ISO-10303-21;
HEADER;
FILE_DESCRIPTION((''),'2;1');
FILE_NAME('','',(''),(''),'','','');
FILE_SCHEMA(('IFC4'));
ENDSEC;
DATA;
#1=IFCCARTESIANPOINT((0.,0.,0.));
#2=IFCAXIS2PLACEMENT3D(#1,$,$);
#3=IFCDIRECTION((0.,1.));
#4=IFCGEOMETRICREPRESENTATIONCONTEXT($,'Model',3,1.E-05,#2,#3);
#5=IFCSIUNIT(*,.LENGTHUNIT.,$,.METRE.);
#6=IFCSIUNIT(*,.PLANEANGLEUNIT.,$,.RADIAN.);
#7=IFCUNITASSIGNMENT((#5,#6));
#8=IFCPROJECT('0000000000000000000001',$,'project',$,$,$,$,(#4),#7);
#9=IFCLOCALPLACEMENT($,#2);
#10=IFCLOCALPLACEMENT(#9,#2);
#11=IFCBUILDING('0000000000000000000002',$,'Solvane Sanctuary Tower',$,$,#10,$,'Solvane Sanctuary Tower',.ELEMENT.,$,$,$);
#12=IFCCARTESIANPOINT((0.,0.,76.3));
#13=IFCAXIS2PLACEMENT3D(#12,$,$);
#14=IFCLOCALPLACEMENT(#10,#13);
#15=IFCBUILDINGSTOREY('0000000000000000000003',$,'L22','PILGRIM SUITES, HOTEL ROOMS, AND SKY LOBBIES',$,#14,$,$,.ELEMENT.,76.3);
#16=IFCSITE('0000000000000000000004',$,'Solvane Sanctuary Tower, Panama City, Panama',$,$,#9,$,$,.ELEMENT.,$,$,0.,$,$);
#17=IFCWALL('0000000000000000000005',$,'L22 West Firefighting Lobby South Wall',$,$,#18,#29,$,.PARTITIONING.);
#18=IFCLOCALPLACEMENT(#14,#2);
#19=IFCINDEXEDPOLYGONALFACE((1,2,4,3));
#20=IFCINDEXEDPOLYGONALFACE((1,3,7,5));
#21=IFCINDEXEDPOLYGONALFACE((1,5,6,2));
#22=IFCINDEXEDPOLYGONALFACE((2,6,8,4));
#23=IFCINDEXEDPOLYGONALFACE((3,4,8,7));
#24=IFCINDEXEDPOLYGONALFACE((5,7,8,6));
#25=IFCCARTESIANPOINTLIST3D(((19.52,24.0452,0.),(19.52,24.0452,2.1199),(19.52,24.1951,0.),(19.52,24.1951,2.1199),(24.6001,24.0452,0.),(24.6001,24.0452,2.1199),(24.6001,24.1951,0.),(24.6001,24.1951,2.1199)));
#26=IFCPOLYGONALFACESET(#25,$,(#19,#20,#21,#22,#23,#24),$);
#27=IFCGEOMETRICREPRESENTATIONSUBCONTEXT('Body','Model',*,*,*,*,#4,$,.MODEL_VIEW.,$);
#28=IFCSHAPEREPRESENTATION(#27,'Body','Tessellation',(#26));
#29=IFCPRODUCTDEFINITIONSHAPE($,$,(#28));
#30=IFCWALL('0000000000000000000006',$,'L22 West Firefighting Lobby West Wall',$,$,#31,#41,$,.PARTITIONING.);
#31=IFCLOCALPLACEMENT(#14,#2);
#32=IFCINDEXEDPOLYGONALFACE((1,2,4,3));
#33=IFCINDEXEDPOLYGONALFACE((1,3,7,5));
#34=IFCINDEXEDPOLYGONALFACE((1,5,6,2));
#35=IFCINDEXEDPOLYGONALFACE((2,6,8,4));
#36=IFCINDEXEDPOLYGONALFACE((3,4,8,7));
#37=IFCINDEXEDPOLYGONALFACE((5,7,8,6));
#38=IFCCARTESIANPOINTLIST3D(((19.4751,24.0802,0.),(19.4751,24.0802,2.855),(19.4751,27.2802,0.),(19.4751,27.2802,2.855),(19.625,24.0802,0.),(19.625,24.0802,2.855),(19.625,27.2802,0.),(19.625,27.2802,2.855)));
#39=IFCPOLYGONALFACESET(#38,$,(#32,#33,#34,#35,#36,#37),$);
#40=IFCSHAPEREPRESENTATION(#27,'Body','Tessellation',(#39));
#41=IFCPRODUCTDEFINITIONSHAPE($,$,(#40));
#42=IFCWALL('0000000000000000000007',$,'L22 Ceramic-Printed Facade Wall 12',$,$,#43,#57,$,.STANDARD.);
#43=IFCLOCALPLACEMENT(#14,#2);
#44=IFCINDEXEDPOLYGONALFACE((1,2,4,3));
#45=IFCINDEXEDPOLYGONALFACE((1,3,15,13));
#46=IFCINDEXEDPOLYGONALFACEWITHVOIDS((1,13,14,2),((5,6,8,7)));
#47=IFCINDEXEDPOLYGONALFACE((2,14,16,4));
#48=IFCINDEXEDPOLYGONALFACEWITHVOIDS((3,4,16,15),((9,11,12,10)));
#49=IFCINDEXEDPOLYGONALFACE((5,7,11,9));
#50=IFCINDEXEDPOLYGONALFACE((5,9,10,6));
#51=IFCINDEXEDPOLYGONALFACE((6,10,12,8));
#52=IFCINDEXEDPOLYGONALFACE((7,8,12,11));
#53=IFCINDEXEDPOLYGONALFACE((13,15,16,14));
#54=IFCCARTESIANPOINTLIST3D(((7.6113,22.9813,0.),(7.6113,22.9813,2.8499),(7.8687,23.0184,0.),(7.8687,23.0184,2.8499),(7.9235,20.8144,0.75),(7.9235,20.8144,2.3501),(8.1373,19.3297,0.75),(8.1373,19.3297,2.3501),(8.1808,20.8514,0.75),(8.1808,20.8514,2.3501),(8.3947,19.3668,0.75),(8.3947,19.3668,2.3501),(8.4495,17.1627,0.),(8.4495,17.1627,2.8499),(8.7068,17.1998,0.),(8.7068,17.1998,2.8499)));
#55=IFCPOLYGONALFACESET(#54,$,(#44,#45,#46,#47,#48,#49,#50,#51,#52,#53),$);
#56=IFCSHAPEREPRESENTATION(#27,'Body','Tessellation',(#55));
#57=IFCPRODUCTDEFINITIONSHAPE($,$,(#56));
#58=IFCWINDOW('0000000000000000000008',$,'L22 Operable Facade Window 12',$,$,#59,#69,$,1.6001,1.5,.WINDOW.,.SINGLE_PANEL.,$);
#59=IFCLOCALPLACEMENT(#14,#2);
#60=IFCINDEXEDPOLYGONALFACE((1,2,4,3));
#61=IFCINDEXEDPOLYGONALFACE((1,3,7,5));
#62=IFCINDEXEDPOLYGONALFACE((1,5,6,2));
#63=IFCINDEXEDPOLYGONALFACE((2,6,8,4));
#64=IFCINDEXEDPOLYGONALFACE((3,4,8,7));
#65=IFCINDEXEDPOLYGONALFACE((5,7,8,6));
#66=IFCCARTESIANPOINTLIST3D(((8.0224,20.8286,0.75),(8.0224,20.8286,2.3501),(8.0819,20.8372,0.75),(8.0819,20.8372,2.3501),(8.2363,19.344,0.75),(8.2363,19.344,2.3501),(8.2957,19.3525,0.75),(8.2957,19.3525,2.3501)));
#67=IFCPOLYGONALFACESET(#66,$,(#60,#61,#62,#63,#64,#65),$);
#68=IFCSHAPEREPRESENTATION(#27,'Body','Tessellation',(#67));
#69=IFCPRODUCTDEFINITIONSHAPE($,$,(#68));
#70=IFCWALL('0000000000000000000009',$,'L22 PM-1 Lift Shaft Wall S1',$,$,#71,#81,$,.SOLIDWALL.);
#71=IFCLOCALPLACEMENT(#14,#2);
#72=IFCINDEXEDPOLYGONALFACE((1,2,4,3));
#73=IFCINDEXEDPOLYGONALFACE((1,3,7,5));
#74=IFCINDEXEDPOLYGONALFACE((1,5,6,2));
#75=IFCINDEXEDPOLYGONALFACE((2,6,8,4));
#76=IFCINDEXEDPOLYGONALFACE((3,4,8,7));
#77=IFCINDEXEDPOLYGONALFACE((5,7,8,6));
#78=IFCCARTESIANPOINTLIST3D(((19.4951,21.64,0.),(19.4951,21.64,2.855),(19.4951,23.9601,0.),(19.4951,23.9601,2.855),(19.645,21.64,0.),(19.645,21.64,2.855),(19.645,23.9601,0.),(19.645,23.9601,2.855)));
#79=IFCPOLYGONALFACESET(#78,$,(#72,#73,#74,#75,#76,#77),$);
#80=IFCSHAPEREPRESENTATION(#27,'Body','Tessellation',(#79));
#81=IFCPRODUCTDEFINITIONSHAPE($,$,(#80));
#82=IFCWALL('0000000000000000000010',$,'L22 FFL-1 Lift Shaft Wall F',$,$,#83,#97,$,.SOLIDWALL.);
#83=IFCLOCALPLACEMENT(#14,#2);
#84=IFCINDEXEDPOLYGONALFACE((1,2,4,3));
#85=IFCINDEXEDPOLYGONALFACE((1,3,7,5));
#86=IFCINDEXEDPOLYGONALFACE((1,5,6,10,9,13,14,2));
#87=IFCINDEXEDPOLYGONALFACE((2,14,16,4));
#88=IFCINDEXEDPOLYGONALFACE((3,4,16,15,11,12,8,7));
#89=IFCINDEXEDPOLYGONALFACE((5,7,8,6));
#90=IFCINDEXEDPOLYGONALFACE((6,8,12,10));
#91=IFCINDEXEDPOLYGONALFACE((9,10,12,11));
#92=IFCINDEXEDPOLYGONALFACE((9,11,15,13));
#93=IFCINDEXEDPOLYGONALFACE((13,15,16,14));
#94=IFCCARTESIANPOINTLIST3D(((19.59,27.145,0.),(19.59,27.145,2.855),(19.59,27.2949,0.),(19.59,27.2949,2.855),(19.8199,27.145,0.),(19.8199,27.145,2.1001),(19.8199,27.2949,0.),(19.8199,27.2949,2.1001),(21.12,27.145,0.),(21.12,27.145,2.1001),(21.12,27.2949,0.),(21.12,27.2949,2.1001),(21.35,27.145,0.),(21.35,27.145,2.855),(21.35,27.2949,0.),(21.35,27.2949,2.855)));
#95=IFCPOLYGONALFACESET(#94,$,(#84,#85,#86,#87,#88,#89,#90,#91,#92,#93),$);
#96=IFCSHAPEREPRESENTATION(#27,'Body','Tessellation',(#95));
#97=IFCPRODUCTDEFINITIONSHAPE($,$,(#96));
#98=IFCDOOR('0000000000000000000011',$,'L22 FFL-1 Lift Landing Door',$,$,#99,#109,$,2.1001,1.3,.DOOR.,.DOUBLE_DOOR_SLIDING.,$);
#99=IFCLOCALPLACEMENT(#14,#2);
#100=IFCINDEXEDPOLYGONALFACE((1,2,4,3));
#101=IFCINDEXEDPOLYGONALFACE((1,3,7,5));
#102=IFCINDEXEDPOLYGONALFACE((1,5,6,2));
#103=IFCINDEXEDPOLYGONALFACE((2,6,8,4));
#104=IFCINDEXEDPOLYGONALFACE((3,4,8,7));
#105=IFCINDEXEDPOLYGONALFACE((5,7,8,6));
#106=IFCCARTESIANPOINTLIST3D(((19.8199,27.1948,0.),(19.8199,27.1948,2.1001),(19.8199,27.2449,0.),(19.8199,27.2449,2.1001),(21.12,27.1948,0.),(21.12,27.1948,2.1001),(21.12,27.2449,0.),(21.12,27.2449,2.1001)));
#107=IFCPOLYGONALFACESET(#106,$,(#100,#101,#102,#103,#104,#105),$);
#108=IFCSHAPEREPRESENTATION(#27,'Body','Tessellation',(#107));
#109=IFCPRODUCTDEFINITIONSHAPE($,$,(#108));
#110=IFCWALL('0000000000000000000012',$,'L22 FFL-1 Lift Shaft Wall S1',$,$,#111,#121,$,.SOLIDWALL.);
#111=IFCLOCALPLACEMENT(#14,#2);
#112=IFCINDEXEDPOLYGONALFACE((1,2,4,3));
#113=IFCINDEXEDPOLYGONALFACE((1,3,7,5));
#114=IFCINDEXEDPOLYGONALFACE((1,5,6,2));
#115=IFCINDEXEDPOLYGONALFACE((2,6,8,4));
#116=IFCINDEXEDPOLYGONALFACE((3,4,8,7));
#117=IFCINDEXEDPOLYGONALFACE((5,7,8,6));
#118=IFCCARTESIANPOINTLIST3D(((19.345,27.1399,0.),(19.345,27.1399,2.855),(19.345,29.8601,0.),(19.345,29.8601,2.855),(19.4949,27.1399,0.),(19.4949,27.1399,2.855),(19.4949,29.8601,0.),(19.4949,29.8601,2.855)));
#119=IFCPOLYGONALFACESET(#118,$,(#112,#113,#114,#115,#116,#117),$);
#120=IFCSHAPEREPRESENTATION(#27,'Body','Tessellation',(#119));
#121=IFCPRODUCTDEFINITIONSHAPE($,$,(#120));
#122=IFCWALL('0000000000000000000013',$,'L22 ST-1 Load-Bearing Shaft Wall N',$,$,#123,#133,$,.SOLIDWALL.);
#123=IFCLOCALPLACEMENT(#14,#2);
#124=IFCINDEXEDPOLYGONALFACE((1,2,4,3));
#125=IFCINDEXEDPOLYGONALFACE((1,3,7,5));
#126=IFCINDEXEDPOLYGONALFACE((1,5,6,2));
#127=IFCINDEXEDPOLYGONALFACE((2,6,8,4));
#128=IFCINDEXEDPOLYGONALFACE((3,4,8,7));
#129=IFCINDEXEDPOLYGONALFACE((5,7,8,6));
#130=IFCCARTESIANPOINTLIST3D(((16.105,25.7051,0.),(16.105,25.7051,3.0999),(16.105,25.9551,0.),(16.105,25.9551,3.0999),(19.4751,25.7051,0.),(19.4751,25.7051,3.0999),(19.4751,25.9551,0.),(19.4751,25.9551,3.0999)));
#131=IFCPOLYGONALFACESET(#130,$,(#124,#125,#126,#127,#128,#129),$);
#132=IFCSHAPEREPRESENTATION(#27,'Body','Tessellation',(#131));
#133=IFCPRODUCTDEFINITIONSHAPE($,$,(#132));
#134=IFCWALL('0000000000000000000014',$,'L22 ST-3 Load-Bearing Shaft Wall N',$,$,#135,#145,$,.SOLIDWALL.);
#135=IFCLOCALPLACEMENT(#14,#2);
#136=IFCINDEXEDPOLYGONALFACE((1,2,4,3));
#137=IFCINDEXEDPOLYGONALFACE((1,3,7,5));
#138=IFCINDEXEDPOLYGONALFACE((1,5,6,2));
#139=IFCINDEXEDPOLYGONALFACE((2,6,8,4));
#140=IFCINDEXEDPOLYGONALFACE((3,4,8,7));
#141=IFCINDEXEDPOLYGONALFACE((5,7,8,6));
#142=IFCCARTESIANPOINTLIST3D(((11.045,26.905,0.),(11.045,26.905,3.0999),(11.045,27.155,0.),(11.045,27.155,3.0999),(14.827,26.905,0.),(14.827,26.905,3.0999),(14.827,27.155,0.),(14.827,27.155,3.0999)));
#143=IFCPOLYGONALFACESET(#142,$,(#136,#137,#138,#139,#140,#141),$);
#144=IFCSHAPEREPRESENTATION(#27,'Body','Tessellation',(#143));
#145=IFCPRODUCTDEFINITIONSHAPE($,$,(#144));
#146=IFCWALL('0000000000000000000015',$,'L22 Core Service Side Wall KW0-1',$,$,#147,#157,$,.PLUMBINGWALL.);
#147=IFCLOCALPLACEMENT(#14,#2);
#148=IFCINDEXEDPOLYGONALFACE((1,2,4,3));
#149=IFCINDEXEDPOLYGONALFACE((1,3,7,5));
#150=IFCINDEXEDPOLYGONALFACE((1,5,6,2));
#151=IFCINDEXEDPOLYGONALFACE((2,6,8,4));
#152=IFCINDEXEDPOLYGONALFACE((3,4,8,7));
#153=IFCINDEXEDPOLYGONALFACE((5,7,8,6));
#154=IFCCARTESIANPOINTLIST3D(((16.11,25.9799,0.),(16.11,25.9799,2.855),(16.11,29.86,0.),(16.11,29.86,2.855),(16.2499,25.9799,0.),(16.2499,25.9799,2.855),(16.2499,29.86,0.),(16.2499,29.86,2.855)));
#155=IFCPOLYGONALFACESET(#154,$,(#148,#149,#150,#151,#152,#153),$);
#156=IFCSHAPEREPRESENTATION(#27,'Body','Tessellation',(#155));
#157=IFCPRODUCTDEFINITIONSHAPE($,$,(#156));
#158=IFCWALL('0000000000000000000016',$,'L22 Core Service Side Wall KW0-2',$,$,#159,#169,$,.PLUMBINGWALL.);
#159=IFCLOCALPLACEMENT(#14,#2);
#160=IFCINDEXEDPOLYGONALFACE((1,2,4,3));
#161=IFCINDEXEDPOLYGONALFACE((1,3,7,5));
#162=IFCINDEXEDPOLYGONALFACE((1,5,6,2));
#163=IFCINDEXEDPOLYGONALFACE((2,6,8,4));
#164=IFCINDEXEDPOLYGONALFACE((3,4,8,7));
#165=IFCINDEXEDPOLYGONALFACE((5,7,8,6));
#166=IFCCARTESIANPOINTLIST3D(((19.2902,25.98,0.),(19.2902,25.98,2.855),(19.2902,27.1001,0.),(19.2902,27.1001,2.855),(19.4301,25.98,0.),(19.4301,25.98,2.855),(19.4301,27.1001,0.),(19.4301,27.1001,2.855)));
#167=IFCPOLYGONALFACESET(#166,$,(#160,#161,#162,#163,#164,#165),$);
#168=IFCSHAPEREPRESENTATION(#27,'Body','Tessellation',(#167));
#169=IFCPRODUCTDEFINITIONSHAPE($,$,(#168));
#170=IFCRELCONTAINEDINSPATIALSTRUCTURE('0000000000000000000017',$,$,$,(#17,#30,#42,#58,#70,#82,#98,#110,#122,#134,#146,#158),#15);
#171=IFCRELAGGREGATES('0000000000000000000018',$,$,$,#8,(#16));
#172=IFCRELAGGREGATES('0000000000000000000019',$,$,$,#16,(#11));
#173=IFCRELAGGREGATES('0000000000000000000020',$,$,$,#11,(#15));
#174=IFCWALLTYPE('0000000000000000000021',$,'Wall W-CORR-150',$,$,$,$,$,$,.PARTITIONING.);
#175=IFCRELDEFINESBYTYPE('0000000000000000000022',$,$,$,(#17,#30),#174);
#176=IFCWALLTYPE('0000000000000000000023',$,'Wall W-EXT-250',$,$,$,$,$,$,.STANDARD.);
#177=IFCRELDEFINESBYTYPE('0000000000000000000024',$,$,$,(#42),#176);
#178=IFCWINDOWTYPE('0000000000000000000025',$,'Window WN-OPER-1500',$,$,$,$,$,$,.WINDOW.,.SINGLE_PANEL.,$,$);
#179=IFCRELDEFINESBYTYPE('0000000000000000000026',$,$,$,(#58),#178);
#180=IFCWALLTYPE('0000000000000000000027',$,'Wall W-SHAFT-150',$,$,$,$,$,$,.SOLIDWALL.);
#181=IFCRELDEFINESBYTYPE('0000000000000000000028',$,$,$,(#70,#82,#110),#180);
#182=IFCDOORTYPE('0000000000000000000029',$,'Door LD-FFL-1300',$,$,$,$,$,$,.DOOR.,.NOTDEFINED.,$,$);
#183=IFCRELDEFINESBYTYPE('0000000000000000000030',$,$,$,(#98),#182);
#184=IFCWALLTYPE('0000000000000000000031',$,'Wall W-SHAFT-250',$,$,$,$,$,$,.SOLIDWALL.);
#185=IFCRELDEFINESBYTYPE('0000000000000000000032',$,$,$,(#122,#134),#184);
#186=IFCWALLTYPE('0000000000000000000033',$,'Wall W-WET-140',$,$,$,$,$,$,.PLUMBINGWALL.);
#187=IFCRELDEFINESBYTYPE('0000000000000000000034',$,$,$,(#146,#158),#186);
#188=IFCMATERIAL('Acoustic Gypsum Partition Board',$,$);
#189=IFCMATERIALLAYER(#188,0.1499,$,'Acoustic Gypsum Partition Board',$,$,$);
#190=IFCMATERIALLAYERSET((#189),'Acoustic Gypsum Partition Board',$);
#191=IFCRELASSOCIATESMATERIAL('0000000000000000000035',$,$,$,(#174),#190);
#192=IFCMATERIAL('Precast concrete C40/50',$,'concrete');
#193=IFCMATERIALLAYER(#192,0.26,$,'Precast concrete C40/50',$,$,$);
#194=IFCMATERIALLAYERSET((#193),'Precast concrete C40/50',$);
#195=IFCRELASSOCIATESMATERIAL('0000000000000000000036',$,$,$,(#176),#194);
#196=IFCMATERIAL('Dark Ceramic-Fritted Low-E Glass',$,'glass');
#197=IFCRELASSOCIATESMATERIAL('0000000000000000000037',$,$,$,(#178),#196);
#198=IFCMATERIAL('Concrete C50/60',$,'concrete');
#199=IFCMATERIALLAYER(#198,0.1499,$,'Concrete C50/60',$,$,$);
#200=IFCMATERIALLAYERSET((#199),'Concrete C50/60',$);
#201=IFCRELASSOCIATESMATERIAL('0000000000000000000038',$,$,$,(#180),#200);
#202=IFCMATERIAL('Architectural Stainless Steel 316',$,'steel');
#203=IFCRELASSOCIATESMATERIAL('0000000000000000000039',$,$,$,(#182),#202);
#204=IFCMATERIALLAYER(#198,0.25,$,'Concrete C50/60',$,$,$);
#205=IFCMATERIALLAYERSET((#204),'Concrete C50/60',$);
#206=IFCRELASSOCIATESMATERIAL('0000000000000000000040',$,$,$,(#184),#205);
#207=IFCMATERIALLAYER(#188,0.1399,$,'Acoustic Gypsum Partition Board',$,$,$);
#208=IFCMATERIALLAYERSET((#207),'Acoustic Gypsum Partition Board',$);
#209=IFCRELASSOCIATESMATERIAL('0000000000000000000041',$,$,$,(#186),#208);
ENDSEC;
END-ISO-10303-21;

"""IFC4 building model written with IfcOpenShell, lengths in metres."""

from ifc_helpers import new_model, si_unit, direction, frame, frame_2d, origin, place, context, subcontext, project, spatial, rectangle, extrude, material, layer, layer_set, type_object, element, fill, save


model = new_model("IFC4")

# Units and contexts
model_context = context("Model", 3, precision=1e-05, world=origin(), true_north=direction((0.0, 1.0)))
body_context = subcontext(model_context, "Body", "Model", "MODEL_VIEW")
ifc_project = project(units=[si_unit("LENGTHUNIT", "METRE"), si_unit("PLANEANGLEUNIT", "RADIAN")], contexts=[model_context])

# Site, building, storey
site_placement = place(None, origin())
site = spatial("IfcSite", under=ifc_project, at=site_placement, Name="Solvane Sanctuary Tower, Panama City, Panama", CompositionType="ELEMENT", RefElevation=0.0)
building_placement = place(site_placement, origin())
building = spatial("IfcBuilding", under=site, at=building_placement, Name="Solvane Sanctuary Tower", LongName="Solvane Sanctuary Tower", CompositionType="ELEMENT")
storey_placement = place(building_placement, frame((0.0, 0.0, 76.3)))
storey = spatial("IfcBuildingStorey", under=building, at=storey_placement, Name="L22", Description="PILGRIM SUITES, HOTEL ROOMS, AND SKY LOBBIES", CompositionType="ELEMENT", Elevation=76.3)

# Walls
ifc_material_1 = material(Name="Acoustic Gypsum Partition Board")
ifc_layer_1 = layer(ifc_material_1, 0.1499, Name="Acoustic Gypsum Partition Board")
ifc_layer_set_1 = layer_set([ifc_layer_1], Name="Acoustic Gypsum Partition Board")
wall_type_1 = type_object("IfcWallType", Name="Wall W-CORR-150", PredefinedType="PARTITIONING", material=ifc_layer_set_1)
wall_1_placement = place(storey_placement, frame((19.52, 24.1201, 0.0), z_axis=(0.0, 0.0, 1.0), x_axis=(1.0, 0.0, 0.0)))
element("IfcWall", 1, at=wall_1_placement, inside=storey, type_object=wall_type_1, Name="L22 West Firefighting Lobby South Wall", PredefinedType="PARTITIONING", context=body_context, shape_type="SweptSolid", body=[
    extrude(rectangle(XDim=5.0801, YDim=0.1499, at=frame_2d((2.54, 0.0))), origin(), (0.0, 0.0, 1.0), 2.1199),
])
wall_2_placement = place(storey_placement, frame((19.55, 24.0801, 0.0), z_axis=(0.0, 0.0, 1.0), x_axis=(0.0, 1.0, 0.0)))
element("IfcWall", 2, at=wall_2_placement, inside=storey, type_object=wall_type_1, Name="L22 West Firefighting Lobby West Wall", PredefinedType="PARTITIONING", context=body_context, shape_type="SweptSolid", body=[
    extrude(rectangle(XDim=3.2, YDim=0.1499, at=frame_2d((1.6001, 0.0))), origin(), (0.0, 0.0, 1.0), 2.855),
])

# Wall, opening, window
ifc_material_2 = material(Name="Precast concrete C40/50", Category="concrete")
ifc_layer_2 = layer(ifc_material_2, 0.26, Name="Precast concrete C40/50")
ifc_layer_set_2 = layer_set([ifc_layer_2], Name="Precast concrete C40/50")
wall_type_2 = type_object("IfcWallType", Name="Wall W-EXT-250", PredefinedType="STANDARD", material=ifc_layer_set_2)
wall_3_placement = place(storey_placement, frame((7.74, 23.0, 0.0), z_axis=(0.0, 0.0, 1.0), x_axis=(0.142572, -0.989784, 0.0)))
wall_3 = element("IfcWall", 3, at=wall_3_placement, inside=storey, type_object=wall_type_2, Name="L22 Ceramic-Printed Facade Wall 12", PredefinedType="STANDARD", context=body_context, shape_type="SweptSolid", body=[
    extrude(rectangle(XDim=5.8787, YDim=0.26, at=frame_2d((2.9395, 0.0))), origin(), (0.0, 0.0, 1.0), 2.8499),
])
opening_1_placement = place(wall_3_placement, frame((2.1895, 0.0, 0.75)))
opening_1 = element("IfcOpeningElement", 4, at=opening_1_placement, cuts=wall_3, PredefinedType="OPENING", context=body_context, shape_type="SweptSolid", body=[
    extrude(rectangle(XDim=1.5, YDim=1.6001, at=frame_2d((0.75, 0.8))), frame((0.0, 0.1399, 0.0), z_axis=(0.0, -1.0, 0.0), x_axis=(1.0, 0.0, 0.0)), (0.0, 0.0, 1.0), 0.28),
])
ifc_material_3 = material(Name="Dark Ceramic-Fritted Low-E Glass", Category="glass")
window_type = type_object("IfcWindowType", Name="Window WN-OPER-1500", PartitioningType="SINGLE_PANEL", PredefinedType="WINDOW", material=ifc_material_3)
window_placement = place(opening_1_placement, origin())
window = element("IfcWindow", 5, at=window_placement, inside=storey, type_object=window_type, Name="L22 Operable Facade Window 12", OverallHeight=1.6001, OverallWidth=1.5, PartitioningType="SINGLE_PANEL", PredefinedType="WINDOW", context=body_context, shape_type="SweptSolid", body=[
    extrude(rectangle(XDim=1.5, YDim=1.6001, at=frame_2d((0.75, 0.8))), frame((0.0, 0.03, 0.0), z_axis=(0.0, -1.0, 0.0), x_axis=(1.0, 0.0, 0.0)), (0.0, 0.0, 1.0), 0.0601),
])
fill(opening_1, window)

# Wall
ifc_material_4 = material(Name="Concrete C50/60", Category="concrete")
ifc_layer_3 = layer(ifc_material_4, 0.1499, Name="Concrete C50/60")
ifc_layer_set_3 = layer_set([ifc_layer_3], Name="Concrete C50/60")
wall_type_3 = type_object("IfcWallType", Name="Wall W-SHAFT-150", PredefinedType="SOLIDWALL", material=ifc_layer_set_3)
wall_4_placement = place(storey_placement, frame((19.5701, 21.6399, 0.0), z_axis=(0.0, 0.0, 1.0), x_axis=(0.0, 1.0, 0.0)))
element("IfcWall", 6, at=wall_4_placement, inside=storey, type_object=wall_type_3, Name="L22 PM-1 Lift Shaft Wall S1", PredefinedType="SOLIDWALL", context=body_context, shape_type="SweptSolid", body=[
    extrude(rectangle(XDim=2.3201, YDim=0.1499, at=frame_2d((1.1602, 0.0))), origin(), (0.0, 0.0, 1.0), 2.855),
])

# Wall, opening, door
wall_5_placement = place(storey_placement, frame((19.5901, 27.22, 0.0), z_axis=(0.0, 0.0, 1.0), x_axis=(1.0, 0.0, 0.0)))
wall_5 = element("IfcWall", 7, at=wall_5_placement, inside=storey, type_object=wall_type_3, Name="L22 FFL-1 Lift Shaft Wall F", PredefinedType="SOLIDWALL", context=body_context, shape_type="SweptSolid", body=[
    extrude(rectangle(XDim=1.76, YDim=0.1499, at=frame_2d((0.8799, 0.0))), origin(), (0.0, 0.0, 1.0), 2.855),
])
opening_2_placement = place(wall_5_placement, frame((0.23, 0.0, 0.0)))
opening_2 = element("IfcOpeningElement", 8, at=opening_2_placement, cuts=wall_5, PredefinedType="OPENING", context=body_context, shape_type="SweptSolid", body=[
    extrude(rectangle(XDim=1.3, YDim=2.1001, at=frame_2d((0.6499, 1.05))), frame((0.0, 0.085, 0.0), z_axis=(0.0, -1.0, 0.0), x_axis=(1.0, 0.0, 0.0)), (0.0, 0.0, 1.0), 0.1699),
])
ifc_material_5 = material(Name="Architectural Stainless Steel 316", Category="steel")
door_type = type_object("IfcDoorType", Name="Door LD-FFL-1300", OperationType="NOTDEFINED", PredefinedType="DOOR", material=ifc_material_5)
door_placement = place(opening_2_placement, origin())
door = element("IfcDoor", 9, at=door_placement, inside=storey, type_object=door_type, Name="L22 FFL-1 Lift Landing Door", OperationType="DOUBLE_DOOR_SLIDING", OverallHeight=2.1001, OverallWidth=1.3, PredefinedType="DOOR", context=body_context, shape_type="SweptSolid", body=[
    extrude(rectangle(XDim=1.3, YDim=2.1001, at=frame_2d((0.6499, 1.05))), frame((0.0, 0.0249, 0.0), z_axis=(0.0, -1.0, 0.0), x_axis=(1.0, 0.0, 0.0)), (0.0, 0.0, 1.0), 0.05),
])
fill(opening_2, door)

# Walls
wall_6_placement = place(storey_placement, frame((19.4199, 27.1399, 0.0), z_axis=(0.0, 0.0, 1.0), x_axis=(0.0, 1.0, 0.0)))
element("IfcWall", 10, at=wall_6_placement, inside=storey, type_object=wall_type_3, Name="L22 FFL-1 Lift Shaft Wall S1", PredefinedType="SOLIDWALL", context=body_context, shape_type="SweptSolid", body=[
    extrude(rectangle(XDim=2.7202, YDim=0.1499, at=frame_2d((1.3601, 0.0))), origin(), (0.0, 0.0, 1.0), 2.855),
])
ifc_layer_4 = layer(ifc_material_4, 0.25, Name="Concrete C50/60")
ifc_layer_set_4 = layer_set([ifc_layer_4], Name="Concrete C50/60")
wall_type_4 = type_object("IfcWallType", Name="Wall W-SHAFT-250", PredefinedType="SOLIDWALL", material=ifc_layer_set_4)
wall_7_placement = place(storey_placement, frame((16.105, 25.8301, 0.0), z_axis=(0.0, 0.0, 1.0), x_axis=(1.0, 0.0, 0.0)))
element("IfcWall", 11, at=wall_7_placement, inside=storey, type_object=wall_type_4, Name="L22 ST-1 Load-Bearing Shaft Wall N", PredefinedType="SOLIDWALL", context=body_context, shape_type="SweptSolid", body=[
    extrude(rectangle(XDim=3.3701, YDim=0.25, at=frame_2d((1.6851, 0.0))), origin(), (0.0, 0.0, 1.0), 3.0999),
])
wall_8_placement = place(storey_placement, frame((11.0449, 27.03, 0.0), z_axis=(0.0, 0.0, 1.0), x_axis=(1.0, 0.0, 0.0)))
element("IfcWall", 12, at=wall_8_placement, inside=storey, type_object=wall_type_4, Name="L22 ST-3 Load-Bearing Shaft Wall N", PredefinedType="SOLIDWALL", context=body_context, shape_type="SweptSolid", body=[
    extrude(rectangle(XDim=3.782, YDim=0.25, at=frame_2d((1.8911, 0.0))), origin(), (0.0, 0.0, 1.0), 3.0999),
])
ifc_layer_5 = layer(ifc_material_1, 0.1399, Name="Acoustic Gypsum Partition Board")
ifc_layer_set_5 = layer_set([ifc_layer_5], Name="Acoustic Gypsum Partition Board")
wall_type_5 = type_object("IfcWallType", Name="Wall W-WET-140", PredefinedType="PLUMBINGWALL", material=ifc_layer_set_5)
wall_9_placement = place(storey_placement, frame((16.1799, 25.98, 0.0), z_axis=(0.0, 0.0, 1.0), x_axis=(0.0, 1.0, 0.0)))
element("IfcWall", 13, at=wall_9_placement, inside=storey, type_object=wall_type_5, Name="L22 Core Service Side Wall KW0-1", PredefinedType="PLUMBINGWALL", context=body_context, shape_type="SweptSolid", body=[
    extrude(rectangle(XDim=3.8801, YDim=0.1399, at=frame_2d((1.9399, 0.0))), origin(), (0.0, 0.0, 1.0), 2.855),
])
wall_10_placement = place(storey_placement, frame((19.3601, 25.98, 0.0), z_axis=(0.0, 0.0, 1.0), x_axis=(0.0, 1.0, 0.0)))
element("IfcWall", 14, at=wall_10_placement, inside=storey, type_object=wall_type_5, Name="L22 Core Service Side Wall KW0-2", PredefinedType="PLUMBINGWALL", context=body_context, shape_type="SweptSolid", body=[
    extrude(rectangle(XDim=1.1201, YDim=0.1399, at=frame_2d((0.5601, 0.0))), origin(), (0.0, 0.0, 1.0), 2.855),
])

save(model, "model.ifc")
